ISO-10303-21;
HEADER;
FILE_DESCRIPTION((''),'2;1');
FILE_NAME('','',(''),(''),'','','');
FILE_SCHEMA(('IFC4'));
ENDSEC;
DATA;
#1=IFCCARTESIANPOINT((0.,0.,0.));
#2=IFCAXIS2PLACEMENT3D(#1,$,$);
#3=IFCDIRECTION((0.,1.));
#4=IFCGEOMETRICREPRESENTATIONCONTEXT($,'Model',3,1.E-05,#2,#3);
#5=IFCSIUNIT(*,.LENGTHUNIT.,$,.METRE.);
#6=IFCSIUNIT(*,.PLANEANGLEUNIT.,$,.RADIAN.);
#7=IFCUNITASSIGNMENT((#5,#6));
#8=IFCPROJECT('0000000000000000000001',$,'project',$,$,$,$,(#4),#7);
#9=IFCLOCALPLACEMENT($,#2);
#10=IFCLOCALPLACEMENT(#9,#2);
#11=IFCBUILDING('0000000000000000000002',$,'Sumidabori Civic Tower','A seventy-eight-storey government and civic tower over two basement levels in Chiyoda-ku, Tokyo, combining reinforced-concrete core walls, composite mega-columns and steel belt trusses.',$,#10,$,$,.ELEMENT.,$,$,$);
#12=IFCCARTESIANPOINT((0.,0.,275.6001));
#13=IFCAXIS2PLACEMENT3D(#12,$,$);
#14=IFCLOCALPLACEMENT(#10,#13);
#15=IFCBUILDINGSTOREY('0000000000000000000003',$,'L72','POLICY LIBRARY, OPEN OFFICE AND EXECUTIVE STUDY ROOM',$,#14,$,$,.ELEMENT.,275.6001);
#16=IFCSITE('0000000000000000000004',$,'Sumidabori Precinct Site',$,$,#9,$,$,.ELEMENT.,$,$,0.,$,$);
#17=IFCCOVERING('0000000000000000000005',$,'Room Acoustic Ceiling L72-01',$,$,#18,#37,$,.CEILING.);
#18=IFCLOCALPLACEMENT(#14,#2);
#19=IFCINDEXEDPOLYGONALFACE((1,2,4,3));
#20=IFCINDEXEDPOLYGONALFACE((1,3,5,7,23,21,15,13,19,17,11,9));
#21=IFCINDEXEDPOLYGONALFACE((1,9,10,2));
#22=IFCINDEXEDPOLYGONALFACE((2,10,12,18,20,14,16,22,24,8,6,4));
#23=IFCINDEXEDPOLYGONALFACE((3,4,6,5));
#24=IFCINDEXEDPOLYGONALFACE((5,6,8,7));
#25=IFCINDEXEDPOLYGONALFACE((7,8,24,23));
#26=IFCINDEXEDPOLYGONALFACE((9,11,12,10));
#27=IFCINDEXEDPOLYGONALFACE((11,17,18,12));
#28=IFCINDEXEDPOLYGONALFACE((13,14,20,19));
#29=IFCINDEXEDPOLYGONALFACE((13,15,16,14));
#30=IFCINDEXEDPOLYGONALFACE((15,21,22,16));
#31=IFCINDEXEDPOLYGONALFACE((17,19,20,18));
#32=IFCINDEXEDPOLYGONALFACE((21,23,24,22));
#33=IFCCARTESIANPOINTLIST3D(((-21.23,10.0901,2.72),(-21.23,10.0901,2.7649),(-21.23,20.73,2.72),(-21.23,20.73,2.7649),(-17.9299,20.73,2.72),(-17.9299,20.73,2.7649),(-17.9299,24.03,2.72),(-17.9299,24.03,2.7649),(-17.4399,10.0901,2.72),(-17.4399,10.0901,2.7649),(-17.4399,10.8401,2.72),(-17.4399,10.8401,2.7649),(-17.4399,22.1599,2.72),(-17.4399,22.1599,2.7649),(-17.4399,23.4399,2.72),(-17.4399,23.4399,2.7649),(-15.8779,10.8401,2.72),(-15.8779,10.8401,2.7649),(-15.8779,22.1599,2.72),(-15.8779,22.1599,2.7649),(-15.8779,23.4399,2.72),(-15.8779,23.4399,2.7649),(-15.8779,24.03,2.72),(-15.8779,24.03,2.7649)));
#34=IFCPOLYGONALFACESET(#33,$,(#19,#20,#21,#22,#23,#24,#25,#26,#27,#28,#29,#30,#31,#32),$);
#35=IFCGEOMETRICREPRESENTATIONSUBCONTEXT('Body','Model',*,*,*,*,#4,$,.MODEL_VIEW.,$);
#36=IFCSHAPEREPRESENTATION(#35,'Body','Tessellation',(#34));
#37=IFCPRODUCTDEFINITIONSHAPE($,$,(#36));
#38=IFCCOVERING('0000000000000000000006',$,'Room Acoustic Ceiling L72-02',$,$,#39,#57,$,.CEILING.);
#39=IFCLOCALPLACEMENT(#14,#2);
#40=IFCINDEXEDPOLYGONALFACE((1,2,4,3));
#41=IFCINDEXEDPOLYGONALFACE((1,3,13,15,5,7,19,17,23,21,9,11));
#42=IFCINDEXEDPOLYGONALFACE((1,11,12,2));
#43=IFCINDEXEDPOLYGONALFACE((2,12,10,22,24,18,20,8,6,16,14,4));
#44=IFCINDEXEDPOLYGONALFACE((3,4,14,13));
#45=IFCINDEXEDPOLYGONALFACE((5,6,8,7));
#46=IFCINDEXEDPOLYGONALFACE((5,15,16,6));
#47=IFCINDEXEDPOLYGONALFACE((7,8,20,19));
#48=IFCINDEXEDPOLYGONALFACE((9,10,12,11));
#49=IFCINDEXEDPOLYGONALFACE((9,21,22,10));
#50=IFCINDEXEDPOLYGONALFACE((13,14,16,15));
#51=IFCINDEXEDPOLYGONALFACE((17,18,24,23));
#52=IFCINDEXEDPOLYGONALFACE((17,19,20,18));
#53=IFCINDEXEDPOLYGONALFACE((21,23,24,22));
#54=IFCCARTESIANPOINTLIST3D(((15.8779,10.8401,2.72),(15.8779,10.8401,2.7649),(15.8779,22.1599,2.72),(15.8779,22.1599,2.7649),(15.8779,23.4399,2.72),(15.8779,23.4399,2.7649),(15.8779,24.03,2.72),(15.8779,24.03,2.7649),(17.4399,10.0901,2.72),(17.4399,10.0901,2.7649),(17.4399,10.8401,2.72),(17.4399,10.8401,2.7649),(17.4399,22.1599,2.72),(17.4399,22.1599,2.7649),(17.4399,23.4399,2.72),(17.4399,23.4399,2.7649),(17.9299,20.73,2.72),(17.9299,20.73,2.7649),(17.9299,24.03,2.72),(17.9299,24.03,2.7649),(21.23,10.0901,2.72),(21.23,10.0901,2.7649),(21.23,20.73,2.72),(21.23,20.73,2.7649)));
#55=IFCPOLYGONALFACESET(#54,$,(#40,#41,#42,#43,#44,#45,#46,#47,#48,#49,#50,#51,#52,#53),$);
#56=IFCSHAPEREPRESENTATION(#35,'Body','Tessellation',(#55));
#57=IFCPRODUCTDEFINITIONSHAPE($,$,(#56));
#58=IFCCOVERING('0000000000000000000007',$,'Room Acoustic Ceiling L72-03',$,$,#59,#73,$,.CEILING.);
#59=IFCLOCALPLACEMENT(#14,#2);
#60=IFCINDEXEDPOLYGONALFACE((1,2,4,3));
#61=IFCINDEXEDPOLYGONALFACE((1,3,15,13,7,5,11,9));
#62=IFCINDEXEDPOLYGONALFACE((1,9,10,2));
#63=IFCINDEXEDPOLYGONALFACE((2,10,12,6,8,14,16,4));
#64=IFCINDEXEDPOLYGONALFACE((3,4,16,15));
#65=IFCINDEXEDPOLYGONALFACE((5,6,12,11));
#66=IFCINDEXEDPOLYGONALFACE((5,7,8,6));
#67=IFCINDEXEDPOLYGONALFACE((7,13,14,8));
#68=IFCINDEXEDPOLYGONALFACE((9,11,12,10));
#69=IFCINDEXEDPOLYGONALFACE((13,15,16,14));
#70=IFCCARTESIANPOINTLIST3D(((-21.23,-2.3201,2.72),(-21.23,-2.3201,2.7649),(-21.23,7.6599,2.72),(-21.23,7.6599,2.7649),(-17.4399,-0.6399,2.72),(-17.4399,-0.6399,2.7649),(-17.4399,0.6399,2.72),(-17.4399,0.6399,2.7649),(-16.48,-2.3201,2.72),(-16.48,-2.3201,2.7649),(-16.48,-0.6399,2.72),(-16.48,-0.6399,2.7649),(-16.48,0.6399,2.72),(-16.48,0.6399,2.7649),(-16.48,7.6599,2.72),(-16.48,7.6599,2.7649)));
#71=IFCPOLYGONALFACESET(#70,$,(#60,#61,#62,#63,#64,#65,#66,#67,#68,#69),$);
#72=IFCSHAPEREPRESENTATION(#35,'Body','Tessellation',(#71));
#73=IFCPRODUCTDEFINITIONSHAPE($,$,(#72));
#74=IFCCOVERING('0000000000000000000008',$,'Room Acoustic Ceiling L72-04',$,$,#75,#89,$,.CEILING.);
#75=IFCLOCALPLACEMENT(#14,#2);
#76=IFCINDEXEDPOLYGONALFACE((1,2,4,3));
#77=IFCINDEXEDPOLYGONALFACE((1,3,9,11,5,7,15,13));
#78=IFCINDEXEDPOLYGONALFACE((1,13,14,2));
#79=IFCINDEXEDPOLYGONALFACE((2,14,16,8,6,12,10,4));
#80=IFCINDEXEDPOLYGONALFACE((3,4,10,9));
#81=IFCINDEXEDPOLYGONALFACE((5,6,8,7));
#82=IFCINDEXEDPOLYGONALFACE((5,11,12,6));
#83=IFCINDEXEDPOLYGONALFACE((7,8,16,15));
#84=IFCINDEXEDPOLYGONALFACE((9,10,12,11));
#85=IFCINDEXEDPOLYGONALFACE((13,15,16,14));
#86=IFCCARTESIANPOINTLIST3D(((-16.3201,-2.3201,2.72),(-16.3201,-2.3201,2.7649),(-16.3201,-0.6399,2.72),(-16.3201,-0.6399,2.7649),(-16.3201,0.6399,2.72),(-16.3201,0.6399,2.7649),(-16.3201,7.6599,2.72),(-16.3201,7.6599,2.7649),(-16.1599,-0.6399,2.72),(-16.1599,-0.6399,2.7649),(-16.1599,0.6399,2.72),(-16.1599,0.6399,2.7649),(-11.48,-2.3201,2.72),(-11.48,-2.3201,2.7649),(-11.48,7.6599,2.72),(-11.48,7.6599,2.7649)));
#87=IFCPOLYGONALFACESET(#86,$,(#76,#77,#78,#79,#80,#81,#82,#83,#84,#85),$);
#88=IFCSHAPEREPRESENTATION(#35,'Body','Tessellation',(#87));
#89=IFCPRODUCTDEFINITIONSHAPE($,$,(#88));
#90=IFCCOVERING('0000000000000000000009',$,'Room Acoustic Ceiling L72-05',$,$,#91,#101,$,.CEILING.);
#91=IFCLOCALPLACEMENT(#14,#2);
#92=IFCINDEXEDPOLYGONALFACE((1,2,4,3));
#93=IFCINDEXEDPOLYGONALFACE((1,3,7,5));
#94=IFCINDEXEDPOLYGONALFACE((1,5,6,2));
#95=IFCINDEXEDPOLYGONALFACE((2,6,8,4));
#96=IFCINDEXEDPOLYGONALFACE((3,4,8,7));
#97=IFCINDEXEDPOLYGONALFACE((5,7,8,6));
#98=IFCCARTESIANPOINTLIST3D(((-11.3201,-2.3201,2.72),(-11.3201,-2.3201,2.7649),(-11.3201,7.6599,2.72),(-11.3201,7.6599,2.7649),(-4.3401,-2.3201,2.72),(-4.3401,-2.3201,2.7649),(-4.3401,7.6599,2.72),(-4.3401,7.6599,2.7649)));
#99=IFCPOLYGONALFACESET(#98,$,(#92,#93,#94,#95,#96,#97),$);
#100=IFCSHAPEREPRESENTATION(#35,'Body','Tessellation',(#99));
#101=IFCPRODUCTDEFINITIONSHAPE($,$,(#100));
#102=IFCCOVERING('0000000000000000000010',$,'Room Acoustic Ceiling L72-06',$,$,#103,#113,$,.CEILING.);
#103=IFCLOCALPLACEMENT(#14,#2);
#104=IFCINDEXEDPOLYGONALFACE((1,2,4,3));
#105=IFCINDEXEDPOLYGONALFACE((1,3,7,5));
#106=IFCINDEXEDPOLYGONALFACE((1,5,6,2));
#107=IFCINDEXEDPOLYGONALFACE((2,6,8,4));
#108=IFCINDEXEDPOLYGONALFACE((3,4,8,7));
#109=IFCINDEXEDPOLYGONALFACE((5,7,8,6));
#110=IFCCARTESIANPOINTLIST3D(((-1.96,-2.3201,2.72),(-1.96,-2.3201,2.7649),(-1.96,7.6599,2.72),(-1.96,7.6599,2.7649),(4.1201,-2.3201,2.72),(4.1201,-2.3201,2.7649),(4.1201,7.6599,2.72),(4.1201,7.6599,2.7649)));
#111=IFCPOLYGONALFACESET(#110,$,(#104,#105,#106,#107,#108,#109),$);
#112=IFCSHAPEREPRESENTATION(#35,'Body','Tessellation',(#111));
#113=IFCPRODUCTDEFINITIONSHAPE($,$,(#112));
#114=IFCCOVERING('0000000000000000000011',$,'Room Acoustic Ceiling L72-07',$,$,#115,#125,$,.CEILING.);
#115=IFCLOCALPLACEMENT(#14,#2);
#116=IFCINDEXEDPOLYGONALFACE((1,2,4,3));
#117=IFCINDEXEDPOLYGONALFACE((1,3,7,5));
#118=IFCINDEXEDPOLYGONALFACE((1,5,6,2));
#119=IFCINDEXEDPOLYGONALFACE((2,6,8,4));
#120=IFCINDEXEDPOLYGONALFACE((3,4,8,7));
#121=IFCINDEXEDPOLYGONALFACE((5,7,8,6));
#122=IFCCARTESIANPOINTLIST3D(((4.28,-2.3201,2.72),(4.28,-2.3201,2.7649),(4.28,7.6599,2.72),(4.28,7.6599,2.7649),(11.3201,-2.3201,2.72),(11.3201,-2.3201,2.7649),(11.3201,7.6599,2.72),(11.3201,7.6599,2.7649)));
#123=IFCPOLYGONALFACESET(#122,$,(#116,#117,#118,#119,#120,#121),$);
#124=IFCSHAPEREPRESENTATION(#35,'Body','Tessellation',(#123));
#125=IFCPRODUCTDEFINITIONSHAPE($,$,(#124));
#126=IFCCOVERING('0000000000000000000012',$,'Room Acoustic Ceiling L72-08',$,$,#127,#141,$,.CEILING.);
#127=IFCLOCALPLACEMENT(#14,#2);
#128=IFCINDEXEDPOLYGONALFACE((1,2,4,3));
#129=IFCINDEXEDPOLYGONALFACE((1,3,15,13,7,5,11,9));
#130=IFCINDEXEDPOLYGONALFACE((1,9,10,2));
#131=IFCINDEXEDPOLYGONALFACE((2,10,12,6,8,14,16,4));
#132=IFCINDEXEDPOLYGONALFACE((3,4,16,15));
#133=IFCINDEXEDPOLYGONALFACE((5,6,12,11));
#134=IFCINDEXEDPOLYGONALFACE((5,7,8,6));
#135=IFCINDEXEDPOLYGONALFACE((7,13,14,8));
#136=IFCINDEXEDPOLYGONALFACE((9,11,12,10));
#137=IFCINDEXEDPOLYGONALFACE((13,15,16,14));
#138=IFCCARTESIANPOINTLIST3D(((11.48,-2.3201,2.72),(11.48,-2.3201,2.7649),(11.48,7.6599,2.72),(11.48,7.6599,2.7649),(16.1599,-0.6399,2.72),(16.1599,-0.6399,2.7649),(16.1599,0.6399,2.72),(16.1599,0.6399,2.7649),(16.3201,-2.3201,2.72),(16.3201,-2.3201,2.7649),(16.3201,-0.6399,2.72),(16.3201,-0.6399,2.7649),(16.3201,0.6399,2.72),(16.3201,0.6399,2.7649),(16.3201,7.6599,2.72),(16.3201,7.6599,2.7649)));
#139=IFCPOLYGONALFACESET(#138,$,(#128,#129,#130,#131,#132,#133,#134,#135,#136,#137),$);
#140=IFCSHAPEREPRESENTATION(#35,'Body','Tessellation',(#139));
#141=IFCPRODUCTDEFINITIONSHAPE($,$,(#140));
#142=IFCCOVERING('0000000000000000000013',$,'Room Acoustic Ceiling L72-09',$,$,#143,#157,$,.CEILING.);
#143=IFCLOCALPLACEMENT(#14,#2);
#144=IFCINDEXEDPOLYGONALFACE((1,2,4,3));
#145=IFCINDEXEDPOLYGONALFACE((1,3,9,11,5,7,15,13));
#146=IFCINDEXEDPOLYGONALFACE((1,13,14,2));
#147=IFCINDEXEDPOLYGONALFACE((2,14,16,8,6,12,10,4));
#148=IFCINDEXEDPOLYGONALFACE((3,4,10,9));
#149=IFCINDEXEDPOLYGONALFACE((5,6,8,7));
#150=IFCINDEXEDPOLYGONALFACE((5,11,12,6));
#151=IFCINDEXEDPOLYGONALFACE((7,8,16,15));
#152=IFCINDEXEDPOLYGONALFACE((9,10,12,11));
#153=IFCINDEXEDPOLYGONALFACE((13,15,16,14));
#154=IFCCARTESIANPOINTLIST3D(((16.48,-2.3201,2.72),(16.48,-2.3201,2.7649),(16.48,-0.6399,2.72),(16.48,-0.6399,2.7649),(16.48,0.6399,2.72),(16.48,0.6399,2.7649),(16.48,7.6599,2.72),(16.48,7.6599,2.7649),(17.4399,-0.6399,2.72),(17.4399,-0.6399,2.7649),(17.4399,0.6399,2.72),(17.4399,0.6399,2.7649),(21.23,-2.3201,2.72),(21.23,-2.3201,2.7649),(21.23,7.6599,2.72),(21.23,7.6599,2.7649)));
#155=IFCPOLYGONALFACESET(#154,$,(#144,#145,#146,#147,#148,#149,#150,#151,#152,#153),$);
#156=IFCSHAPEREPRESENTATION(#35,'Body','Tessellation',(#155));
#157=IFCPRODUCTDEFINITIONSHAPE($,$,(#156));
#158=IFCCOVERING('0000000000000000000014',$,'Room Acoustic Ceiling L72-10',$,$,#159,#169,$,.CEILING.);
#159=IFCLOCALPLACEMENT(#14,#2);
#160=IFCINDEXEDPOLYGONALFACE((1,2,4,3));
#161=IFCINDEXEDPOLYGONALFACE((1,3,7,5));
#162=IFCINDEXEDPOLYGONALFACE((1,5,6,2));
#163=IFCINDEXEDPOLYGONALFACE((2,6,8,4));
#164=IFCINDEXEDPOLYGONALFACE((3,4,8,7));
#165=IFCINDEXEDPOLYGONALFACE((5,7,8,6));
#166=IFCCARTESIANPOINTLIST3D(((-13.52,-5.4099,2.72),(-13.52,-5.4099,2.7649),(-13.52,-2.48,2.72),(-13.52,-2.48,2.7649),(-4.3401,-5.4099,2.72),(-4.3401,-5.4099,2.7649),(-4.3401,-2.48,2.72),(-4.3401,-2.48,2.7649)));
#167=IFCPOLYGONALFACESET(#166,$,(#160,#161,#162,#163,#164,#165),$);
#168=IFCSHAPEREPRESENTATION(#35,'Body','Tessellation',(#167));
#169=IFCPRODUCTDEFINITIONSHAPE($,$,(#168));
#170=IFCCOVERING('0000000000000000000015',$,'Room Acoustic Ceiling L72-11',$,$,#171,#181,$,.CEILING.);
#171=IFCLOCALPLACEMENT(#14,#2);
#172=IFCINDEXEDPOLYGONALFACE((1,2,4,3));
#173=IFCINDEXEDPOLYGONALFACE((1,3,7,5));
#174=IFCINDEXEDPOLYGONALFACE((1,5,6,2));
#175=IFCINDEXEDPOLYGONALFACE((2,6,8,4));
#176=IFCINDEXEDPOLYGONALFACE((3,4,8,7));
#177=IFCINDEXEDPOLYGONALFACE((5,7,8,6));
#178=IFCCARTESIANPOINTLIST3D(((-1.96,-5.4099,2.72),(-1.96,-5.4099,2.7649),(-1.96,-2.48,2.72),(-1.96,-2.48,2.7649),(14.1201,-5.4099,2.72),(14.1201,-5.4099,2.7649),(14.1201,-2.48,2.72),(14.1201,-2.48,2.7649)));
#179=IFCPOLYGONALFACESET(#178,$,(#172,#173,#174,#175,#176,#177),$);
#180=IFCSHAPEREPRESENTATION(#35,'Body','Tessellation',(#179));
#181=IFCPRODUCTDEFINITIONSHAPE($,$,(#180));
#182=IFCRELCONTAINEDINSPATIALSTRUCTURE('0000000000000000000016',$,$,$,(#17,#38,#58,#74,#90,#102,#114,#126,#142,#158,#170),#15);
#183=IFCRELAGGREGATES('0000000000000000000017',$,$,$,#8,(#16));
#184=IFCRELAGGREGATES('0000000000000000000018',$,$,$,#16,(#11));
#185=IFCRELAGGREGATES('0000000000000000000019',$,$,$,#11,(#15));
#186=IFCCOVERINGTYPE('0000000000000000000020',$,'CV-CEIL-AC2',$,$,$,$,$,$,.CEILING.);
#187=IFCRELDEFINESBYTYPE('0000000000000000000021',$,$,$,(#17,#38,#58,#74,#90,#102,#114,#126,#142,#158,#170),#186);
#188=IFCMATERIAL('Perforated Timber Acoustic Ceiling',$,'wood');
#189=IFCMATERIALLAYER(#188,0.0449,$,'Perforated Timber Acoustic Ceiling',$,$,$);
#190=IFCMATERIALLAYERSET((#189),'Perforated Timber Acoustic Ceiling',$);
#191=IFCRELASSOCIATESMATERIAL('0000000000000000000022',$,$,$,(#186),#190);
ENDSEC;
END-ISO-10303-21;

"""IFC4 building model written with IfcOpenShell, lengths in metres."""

from ifc_helpers import new_model, si_unit, direction, frame, origin, place, context, subcontext, project, spatial, polyline, outline, extrude, material, layer, layer_set, type_object, element, save


model = new_model("IFC4")

# Units and contexts
model_context = context("Model", 3, precision=1e-05, world=origin(), true_north=direction((0.0, 1.0)))
body_context = subcontext(model_context, "Body", "Model", "MODEL_VIEW")
ifc_project = project(units=[si_unit("LENGTHUNIT", "METRE"), si_unit("PLANEANGLEUNIT", "RADIAN")], contexts=[model_context])

# Site, building, storey
site_placement = place(None, origin())
site = spatial("IfcSite", under=ifc_project, at=site_placement, Name="Sumidabori Precinct Site", CompositionType="ELEMENT", RefElevation=0.0)
building_placement = place(site_placement, origin())
building = spatial("IfcBuilding", under=site, at=building_placement, Name="Sumidabori Civic Tower", Description="A seventy-eight-storey government and civic tower over two basement levels in Chiyoda-ku, Tokyo, combining reinforced-concrete core walls, composite mega-columns and steel belt trusses.", CompositionType="ELEMENT")
storey_placement = place(building_placement, frame((0.0, 0.0, 275.6001)))
storey = spatial("IfcBuildingStorey", under=building, at=storey_placement, Name="L72", Description="POLICY LIBRARY, OPEN OFFICE AND EXECUTIVE STUDY ROOM", CompositionType="ELEMENT", Elevation=275.6001)

# Coverings
ifc_material_1 = material(Name="Perforated Timber Acoustic Ceiling", Category="wood")
ifc_layer_1 = layer(ifc_material_1, 0.0449, Name="Perforated Timber Acoustic Ceiling")
ifc_layer_set_1 = layer_set([ifc_layer_1], Name="Perforated Timber Acoustic Ceiling")
covering_type_1 = type_object("IfcCoveringType", Name="CV-CEIL-AC2", PredefinedType="CEILING", material=ifc_layer_set_1)
covering_1_placement = place(storey_placement, frame((0.0, 0.0, 2.72)))
element("IfcCovering", 1, at=covering_1_placement, inside=storey, type_object=covering_type_1, Name="Room Acoustic Ceiling L72-01", PredefinedType="CEILING", context=body_context, shape_type="SweptSolid", body=[
    extrude(outline(polyline([(-21.23, 10.0901), (-21.23, 20.73), (-17.9299, 20.73), (-17.9299, 24.03), (-15.8779, 24.03), (-15.8779, 23.4399), (-17.4399, 23.4399), (-17.4399, 22.1599), (-15.8779, 22.1599), (-15.8779, 10.8401), (-17.4399, 10.8401), (-17.4399, 10.0901), (-21.23, 10.0901)])), origin(), (0.0, 0.0, 1.0), 0.0449),
])
covering_2_placement = place(storey_placement, frame((0.0, 0.0, 2.72)))
element("IfcCovering", 2, at=covering_2_placement, inside=storey, type_object=covering_type_1, Name="Room Acoustic Ceiling L72-02", PredefinedType="CEILING", context=body_context, shape_type="SweptSolid", body=[
    extrude(outline(polyline([(15.8779, 22.1599), (17.4399, 22.1599), (17.4399, 23.4399), (15.8779, 23.4399), (15.8779, 24.03), (17.9299, 24.03), (17.9299, 20.73), (21.23, 20.73), (21.23, 10.0901), (17.4399, 10.0901), (17.4399, 10.8401), (15.8779, 10.8401), (15.8779, 22.1599)])), origin(), (0.0, 0.0, 1.0), 0.0449),
])
covering_3_placement = place(storey_placement, frame((0.0, 0.0, 2.72)))
element("IfcCovering", 3, at=covering_3_placement, inside=storey, type_object=covering_type_1, Name="Room Acoustic Ceiling L72-03", PredefinedType="CEILING", context=body_context, shape_type="SweptSolid", body=[
    extrude(outline(polyline([(-21.23, -2.3201), (-21.23, 7.6599), (-16.48, 7.6599), (-16.48, 0.6399), (-17.4399, 0.6399), (-17.4399, -0.6399), (-16.48, -0.6399), (-16.48, -2.3201), (-21.23, -2.3201)])), origin(), (0.0, 0.0, 1.0), 0.0449),
])
covering_4_placement = place(storey_placement, frame((0.0, 0.0, 2.72)))
element("IfcCovering", 4, at=covering_4_placement, inside=storey, type_object=covering_type_1, Name="Room Acoustic Ceiling L72-04", PredefinedType="CEILING", context=body_context, shape_type="SweptSolid", body=[
    extrude(outline(polyline([(-16.1599, 0.6399), (-16.3201, 0.6399), (-16.3201, 7.6599), (-11.48, 7.6599), (-11.48, -2.3201), (-16.3201, -2.3201), (-16.3201, -0.6399), (-16.1599, -0.6399), (-16.1599, 0.6399)])), origin(), (0.0, 0.0, 1.0), 0.0449),
])
covering_5_placement = place(storey_placement, frame((0.0, 0.0, 2.72)))
element("IfcCovering", 5, at=covering_5_placement, inside=storey, type_object=covering_type_1, Name="Room Acoustic Ceiling L72-05", PredefinedType="CEILING", context=body_context, shape_type="SweptSolid", body=[
    extrude(outline(polyline([(-11.3201, -2.3201), (-11.3201, 7.6599), (-4.3401, 7.6599), (-4.3401, -2.3201), (-11.3201, -2.3201)])), origin(), (0.0, 0.0, 1.0), 0.0449),
])
covering_6_placement = place(storey_placement, frame((0.0, 0.0, 2.72)))
element("IfcCovering", 6, at=covering_6_placement, inside=storey, type_object=covering_type_1, Name="Room Acoustic Ceiling L72-06", PredefinedType="CEILING", context=body_context, shape_type="SweptSolid", body=[
    extrude(outline(polyline([(-1.96, 7.6599), (4.1201, 7.6599), (4.1201, -2.3201), (-1.96, -2.3201), (-1.96, 7.6599)])), origin(), (0.0, 0.0, 1.0), 0.0449),
])
covering_7_placement = place(storey_placement, frame((0.0, 0.0, 2.72)))
element("IfcCovering", 7, at=covering_7_placement, inside=storey, type_object=covering_type_1, Name="Room Acoustic Ceiling L72-07", PredefinedType="CEILING", context=body_context, shape_type="SweptSolid", body=[
    extrude(outline(polyline([(4.28, 7.6599), (11.3201, 7.6599), (11.3201, -2.3201), (4.28, -2.3201), (4.28, 7.6599)])), origin(), (0.0, 0.0, 1.0), 0.0449),
])
covering_8_placement = place(storey_placement, frame((0.0, 0.0, 2.72)))
element("IfcCovering", 8, at=covering_8_placement, inside=storey, type_object=covering_type_1, Name="Room Acoustic Ceiling L72-08", PredefinedType="CEILING", context=body_context, shape_type="SweptSolid", body=[
    extrude(outline(polyline([(11.48, 7.6599), (16.3201, 7.6599), (16.3201, 0.6399), (16.1599, 0.6399), (16.1599, -0.6399), (16.3201, -0.6399), (16.3201, -2.3201), (11.48, -2.3201), (11.48, 7.6599)])), origin(), (0.0, 0.0, 1.0), 0.0449),
])
covering_9_placement = place(storey_placement, frame((0.0, 0.0, 2.72)))
element("IfcCovering", 9, at=covering_9_placement, inside=storey, type_object=covering_type_1, Name="Room Acoustic Ceiling L72-09", PredefinedType="CEILING", context=body_context, shape_type="SweptSolid", body=[
    extrude(outline(polyline([(16.48, -0.6399), (17.4399, -0.6399), (17.4399, 0.6399), (16.48, 0.6399), (16.48, 7.6599), (21.23, 7.6599), (21.23, -2.3201), (16.48, -2.3201), (16.48, -0.6399)])), origin(), (0.0, 0.0, 1.0), 0.0449),
])
covering_10_placement = place(storey_placement, frame((0.0, 0.0, 2.72)))
element("IfcCovering", 10, at=covering_10_placement, inside=storey, type_object=covering_type_1, Name="Room Acoustic Ceiling L72-10", PredefinedType="CEILING", context=body_context, shape_type="SweptSolid", body=[
    extrude(outline(polyline([(-13.52, -2.48), (-4.3401, -2.48), (-4.3401, -5.4099), (-13.52, -5.4099), (-13.52, -2.48)])), origin(), (0.0, 0.0, 1.0), 0.0449),
])
covering_11_placement = place(storey_placement, frame((0.0, 0.0, 2.72)))
element("IfcCovering", 11, at=covering_11_placement, inside=storey, type_object=covering_type_1, Name="Room Acoustic Ceiling L72-11", PredefinedType="CEILING", context=body_context, shape_type="SweptSolid", body=[
    extrude(outline(polyline([(-1.96, -5.4099), (-1.96, -2.48), (14.1201, -2.48), (14.1201, -5.4099), (-1.96, -5.4099)])), origin(), (0.0, 0.0, 1.0), 0.0449),
])

save(model, "model.ifc")
